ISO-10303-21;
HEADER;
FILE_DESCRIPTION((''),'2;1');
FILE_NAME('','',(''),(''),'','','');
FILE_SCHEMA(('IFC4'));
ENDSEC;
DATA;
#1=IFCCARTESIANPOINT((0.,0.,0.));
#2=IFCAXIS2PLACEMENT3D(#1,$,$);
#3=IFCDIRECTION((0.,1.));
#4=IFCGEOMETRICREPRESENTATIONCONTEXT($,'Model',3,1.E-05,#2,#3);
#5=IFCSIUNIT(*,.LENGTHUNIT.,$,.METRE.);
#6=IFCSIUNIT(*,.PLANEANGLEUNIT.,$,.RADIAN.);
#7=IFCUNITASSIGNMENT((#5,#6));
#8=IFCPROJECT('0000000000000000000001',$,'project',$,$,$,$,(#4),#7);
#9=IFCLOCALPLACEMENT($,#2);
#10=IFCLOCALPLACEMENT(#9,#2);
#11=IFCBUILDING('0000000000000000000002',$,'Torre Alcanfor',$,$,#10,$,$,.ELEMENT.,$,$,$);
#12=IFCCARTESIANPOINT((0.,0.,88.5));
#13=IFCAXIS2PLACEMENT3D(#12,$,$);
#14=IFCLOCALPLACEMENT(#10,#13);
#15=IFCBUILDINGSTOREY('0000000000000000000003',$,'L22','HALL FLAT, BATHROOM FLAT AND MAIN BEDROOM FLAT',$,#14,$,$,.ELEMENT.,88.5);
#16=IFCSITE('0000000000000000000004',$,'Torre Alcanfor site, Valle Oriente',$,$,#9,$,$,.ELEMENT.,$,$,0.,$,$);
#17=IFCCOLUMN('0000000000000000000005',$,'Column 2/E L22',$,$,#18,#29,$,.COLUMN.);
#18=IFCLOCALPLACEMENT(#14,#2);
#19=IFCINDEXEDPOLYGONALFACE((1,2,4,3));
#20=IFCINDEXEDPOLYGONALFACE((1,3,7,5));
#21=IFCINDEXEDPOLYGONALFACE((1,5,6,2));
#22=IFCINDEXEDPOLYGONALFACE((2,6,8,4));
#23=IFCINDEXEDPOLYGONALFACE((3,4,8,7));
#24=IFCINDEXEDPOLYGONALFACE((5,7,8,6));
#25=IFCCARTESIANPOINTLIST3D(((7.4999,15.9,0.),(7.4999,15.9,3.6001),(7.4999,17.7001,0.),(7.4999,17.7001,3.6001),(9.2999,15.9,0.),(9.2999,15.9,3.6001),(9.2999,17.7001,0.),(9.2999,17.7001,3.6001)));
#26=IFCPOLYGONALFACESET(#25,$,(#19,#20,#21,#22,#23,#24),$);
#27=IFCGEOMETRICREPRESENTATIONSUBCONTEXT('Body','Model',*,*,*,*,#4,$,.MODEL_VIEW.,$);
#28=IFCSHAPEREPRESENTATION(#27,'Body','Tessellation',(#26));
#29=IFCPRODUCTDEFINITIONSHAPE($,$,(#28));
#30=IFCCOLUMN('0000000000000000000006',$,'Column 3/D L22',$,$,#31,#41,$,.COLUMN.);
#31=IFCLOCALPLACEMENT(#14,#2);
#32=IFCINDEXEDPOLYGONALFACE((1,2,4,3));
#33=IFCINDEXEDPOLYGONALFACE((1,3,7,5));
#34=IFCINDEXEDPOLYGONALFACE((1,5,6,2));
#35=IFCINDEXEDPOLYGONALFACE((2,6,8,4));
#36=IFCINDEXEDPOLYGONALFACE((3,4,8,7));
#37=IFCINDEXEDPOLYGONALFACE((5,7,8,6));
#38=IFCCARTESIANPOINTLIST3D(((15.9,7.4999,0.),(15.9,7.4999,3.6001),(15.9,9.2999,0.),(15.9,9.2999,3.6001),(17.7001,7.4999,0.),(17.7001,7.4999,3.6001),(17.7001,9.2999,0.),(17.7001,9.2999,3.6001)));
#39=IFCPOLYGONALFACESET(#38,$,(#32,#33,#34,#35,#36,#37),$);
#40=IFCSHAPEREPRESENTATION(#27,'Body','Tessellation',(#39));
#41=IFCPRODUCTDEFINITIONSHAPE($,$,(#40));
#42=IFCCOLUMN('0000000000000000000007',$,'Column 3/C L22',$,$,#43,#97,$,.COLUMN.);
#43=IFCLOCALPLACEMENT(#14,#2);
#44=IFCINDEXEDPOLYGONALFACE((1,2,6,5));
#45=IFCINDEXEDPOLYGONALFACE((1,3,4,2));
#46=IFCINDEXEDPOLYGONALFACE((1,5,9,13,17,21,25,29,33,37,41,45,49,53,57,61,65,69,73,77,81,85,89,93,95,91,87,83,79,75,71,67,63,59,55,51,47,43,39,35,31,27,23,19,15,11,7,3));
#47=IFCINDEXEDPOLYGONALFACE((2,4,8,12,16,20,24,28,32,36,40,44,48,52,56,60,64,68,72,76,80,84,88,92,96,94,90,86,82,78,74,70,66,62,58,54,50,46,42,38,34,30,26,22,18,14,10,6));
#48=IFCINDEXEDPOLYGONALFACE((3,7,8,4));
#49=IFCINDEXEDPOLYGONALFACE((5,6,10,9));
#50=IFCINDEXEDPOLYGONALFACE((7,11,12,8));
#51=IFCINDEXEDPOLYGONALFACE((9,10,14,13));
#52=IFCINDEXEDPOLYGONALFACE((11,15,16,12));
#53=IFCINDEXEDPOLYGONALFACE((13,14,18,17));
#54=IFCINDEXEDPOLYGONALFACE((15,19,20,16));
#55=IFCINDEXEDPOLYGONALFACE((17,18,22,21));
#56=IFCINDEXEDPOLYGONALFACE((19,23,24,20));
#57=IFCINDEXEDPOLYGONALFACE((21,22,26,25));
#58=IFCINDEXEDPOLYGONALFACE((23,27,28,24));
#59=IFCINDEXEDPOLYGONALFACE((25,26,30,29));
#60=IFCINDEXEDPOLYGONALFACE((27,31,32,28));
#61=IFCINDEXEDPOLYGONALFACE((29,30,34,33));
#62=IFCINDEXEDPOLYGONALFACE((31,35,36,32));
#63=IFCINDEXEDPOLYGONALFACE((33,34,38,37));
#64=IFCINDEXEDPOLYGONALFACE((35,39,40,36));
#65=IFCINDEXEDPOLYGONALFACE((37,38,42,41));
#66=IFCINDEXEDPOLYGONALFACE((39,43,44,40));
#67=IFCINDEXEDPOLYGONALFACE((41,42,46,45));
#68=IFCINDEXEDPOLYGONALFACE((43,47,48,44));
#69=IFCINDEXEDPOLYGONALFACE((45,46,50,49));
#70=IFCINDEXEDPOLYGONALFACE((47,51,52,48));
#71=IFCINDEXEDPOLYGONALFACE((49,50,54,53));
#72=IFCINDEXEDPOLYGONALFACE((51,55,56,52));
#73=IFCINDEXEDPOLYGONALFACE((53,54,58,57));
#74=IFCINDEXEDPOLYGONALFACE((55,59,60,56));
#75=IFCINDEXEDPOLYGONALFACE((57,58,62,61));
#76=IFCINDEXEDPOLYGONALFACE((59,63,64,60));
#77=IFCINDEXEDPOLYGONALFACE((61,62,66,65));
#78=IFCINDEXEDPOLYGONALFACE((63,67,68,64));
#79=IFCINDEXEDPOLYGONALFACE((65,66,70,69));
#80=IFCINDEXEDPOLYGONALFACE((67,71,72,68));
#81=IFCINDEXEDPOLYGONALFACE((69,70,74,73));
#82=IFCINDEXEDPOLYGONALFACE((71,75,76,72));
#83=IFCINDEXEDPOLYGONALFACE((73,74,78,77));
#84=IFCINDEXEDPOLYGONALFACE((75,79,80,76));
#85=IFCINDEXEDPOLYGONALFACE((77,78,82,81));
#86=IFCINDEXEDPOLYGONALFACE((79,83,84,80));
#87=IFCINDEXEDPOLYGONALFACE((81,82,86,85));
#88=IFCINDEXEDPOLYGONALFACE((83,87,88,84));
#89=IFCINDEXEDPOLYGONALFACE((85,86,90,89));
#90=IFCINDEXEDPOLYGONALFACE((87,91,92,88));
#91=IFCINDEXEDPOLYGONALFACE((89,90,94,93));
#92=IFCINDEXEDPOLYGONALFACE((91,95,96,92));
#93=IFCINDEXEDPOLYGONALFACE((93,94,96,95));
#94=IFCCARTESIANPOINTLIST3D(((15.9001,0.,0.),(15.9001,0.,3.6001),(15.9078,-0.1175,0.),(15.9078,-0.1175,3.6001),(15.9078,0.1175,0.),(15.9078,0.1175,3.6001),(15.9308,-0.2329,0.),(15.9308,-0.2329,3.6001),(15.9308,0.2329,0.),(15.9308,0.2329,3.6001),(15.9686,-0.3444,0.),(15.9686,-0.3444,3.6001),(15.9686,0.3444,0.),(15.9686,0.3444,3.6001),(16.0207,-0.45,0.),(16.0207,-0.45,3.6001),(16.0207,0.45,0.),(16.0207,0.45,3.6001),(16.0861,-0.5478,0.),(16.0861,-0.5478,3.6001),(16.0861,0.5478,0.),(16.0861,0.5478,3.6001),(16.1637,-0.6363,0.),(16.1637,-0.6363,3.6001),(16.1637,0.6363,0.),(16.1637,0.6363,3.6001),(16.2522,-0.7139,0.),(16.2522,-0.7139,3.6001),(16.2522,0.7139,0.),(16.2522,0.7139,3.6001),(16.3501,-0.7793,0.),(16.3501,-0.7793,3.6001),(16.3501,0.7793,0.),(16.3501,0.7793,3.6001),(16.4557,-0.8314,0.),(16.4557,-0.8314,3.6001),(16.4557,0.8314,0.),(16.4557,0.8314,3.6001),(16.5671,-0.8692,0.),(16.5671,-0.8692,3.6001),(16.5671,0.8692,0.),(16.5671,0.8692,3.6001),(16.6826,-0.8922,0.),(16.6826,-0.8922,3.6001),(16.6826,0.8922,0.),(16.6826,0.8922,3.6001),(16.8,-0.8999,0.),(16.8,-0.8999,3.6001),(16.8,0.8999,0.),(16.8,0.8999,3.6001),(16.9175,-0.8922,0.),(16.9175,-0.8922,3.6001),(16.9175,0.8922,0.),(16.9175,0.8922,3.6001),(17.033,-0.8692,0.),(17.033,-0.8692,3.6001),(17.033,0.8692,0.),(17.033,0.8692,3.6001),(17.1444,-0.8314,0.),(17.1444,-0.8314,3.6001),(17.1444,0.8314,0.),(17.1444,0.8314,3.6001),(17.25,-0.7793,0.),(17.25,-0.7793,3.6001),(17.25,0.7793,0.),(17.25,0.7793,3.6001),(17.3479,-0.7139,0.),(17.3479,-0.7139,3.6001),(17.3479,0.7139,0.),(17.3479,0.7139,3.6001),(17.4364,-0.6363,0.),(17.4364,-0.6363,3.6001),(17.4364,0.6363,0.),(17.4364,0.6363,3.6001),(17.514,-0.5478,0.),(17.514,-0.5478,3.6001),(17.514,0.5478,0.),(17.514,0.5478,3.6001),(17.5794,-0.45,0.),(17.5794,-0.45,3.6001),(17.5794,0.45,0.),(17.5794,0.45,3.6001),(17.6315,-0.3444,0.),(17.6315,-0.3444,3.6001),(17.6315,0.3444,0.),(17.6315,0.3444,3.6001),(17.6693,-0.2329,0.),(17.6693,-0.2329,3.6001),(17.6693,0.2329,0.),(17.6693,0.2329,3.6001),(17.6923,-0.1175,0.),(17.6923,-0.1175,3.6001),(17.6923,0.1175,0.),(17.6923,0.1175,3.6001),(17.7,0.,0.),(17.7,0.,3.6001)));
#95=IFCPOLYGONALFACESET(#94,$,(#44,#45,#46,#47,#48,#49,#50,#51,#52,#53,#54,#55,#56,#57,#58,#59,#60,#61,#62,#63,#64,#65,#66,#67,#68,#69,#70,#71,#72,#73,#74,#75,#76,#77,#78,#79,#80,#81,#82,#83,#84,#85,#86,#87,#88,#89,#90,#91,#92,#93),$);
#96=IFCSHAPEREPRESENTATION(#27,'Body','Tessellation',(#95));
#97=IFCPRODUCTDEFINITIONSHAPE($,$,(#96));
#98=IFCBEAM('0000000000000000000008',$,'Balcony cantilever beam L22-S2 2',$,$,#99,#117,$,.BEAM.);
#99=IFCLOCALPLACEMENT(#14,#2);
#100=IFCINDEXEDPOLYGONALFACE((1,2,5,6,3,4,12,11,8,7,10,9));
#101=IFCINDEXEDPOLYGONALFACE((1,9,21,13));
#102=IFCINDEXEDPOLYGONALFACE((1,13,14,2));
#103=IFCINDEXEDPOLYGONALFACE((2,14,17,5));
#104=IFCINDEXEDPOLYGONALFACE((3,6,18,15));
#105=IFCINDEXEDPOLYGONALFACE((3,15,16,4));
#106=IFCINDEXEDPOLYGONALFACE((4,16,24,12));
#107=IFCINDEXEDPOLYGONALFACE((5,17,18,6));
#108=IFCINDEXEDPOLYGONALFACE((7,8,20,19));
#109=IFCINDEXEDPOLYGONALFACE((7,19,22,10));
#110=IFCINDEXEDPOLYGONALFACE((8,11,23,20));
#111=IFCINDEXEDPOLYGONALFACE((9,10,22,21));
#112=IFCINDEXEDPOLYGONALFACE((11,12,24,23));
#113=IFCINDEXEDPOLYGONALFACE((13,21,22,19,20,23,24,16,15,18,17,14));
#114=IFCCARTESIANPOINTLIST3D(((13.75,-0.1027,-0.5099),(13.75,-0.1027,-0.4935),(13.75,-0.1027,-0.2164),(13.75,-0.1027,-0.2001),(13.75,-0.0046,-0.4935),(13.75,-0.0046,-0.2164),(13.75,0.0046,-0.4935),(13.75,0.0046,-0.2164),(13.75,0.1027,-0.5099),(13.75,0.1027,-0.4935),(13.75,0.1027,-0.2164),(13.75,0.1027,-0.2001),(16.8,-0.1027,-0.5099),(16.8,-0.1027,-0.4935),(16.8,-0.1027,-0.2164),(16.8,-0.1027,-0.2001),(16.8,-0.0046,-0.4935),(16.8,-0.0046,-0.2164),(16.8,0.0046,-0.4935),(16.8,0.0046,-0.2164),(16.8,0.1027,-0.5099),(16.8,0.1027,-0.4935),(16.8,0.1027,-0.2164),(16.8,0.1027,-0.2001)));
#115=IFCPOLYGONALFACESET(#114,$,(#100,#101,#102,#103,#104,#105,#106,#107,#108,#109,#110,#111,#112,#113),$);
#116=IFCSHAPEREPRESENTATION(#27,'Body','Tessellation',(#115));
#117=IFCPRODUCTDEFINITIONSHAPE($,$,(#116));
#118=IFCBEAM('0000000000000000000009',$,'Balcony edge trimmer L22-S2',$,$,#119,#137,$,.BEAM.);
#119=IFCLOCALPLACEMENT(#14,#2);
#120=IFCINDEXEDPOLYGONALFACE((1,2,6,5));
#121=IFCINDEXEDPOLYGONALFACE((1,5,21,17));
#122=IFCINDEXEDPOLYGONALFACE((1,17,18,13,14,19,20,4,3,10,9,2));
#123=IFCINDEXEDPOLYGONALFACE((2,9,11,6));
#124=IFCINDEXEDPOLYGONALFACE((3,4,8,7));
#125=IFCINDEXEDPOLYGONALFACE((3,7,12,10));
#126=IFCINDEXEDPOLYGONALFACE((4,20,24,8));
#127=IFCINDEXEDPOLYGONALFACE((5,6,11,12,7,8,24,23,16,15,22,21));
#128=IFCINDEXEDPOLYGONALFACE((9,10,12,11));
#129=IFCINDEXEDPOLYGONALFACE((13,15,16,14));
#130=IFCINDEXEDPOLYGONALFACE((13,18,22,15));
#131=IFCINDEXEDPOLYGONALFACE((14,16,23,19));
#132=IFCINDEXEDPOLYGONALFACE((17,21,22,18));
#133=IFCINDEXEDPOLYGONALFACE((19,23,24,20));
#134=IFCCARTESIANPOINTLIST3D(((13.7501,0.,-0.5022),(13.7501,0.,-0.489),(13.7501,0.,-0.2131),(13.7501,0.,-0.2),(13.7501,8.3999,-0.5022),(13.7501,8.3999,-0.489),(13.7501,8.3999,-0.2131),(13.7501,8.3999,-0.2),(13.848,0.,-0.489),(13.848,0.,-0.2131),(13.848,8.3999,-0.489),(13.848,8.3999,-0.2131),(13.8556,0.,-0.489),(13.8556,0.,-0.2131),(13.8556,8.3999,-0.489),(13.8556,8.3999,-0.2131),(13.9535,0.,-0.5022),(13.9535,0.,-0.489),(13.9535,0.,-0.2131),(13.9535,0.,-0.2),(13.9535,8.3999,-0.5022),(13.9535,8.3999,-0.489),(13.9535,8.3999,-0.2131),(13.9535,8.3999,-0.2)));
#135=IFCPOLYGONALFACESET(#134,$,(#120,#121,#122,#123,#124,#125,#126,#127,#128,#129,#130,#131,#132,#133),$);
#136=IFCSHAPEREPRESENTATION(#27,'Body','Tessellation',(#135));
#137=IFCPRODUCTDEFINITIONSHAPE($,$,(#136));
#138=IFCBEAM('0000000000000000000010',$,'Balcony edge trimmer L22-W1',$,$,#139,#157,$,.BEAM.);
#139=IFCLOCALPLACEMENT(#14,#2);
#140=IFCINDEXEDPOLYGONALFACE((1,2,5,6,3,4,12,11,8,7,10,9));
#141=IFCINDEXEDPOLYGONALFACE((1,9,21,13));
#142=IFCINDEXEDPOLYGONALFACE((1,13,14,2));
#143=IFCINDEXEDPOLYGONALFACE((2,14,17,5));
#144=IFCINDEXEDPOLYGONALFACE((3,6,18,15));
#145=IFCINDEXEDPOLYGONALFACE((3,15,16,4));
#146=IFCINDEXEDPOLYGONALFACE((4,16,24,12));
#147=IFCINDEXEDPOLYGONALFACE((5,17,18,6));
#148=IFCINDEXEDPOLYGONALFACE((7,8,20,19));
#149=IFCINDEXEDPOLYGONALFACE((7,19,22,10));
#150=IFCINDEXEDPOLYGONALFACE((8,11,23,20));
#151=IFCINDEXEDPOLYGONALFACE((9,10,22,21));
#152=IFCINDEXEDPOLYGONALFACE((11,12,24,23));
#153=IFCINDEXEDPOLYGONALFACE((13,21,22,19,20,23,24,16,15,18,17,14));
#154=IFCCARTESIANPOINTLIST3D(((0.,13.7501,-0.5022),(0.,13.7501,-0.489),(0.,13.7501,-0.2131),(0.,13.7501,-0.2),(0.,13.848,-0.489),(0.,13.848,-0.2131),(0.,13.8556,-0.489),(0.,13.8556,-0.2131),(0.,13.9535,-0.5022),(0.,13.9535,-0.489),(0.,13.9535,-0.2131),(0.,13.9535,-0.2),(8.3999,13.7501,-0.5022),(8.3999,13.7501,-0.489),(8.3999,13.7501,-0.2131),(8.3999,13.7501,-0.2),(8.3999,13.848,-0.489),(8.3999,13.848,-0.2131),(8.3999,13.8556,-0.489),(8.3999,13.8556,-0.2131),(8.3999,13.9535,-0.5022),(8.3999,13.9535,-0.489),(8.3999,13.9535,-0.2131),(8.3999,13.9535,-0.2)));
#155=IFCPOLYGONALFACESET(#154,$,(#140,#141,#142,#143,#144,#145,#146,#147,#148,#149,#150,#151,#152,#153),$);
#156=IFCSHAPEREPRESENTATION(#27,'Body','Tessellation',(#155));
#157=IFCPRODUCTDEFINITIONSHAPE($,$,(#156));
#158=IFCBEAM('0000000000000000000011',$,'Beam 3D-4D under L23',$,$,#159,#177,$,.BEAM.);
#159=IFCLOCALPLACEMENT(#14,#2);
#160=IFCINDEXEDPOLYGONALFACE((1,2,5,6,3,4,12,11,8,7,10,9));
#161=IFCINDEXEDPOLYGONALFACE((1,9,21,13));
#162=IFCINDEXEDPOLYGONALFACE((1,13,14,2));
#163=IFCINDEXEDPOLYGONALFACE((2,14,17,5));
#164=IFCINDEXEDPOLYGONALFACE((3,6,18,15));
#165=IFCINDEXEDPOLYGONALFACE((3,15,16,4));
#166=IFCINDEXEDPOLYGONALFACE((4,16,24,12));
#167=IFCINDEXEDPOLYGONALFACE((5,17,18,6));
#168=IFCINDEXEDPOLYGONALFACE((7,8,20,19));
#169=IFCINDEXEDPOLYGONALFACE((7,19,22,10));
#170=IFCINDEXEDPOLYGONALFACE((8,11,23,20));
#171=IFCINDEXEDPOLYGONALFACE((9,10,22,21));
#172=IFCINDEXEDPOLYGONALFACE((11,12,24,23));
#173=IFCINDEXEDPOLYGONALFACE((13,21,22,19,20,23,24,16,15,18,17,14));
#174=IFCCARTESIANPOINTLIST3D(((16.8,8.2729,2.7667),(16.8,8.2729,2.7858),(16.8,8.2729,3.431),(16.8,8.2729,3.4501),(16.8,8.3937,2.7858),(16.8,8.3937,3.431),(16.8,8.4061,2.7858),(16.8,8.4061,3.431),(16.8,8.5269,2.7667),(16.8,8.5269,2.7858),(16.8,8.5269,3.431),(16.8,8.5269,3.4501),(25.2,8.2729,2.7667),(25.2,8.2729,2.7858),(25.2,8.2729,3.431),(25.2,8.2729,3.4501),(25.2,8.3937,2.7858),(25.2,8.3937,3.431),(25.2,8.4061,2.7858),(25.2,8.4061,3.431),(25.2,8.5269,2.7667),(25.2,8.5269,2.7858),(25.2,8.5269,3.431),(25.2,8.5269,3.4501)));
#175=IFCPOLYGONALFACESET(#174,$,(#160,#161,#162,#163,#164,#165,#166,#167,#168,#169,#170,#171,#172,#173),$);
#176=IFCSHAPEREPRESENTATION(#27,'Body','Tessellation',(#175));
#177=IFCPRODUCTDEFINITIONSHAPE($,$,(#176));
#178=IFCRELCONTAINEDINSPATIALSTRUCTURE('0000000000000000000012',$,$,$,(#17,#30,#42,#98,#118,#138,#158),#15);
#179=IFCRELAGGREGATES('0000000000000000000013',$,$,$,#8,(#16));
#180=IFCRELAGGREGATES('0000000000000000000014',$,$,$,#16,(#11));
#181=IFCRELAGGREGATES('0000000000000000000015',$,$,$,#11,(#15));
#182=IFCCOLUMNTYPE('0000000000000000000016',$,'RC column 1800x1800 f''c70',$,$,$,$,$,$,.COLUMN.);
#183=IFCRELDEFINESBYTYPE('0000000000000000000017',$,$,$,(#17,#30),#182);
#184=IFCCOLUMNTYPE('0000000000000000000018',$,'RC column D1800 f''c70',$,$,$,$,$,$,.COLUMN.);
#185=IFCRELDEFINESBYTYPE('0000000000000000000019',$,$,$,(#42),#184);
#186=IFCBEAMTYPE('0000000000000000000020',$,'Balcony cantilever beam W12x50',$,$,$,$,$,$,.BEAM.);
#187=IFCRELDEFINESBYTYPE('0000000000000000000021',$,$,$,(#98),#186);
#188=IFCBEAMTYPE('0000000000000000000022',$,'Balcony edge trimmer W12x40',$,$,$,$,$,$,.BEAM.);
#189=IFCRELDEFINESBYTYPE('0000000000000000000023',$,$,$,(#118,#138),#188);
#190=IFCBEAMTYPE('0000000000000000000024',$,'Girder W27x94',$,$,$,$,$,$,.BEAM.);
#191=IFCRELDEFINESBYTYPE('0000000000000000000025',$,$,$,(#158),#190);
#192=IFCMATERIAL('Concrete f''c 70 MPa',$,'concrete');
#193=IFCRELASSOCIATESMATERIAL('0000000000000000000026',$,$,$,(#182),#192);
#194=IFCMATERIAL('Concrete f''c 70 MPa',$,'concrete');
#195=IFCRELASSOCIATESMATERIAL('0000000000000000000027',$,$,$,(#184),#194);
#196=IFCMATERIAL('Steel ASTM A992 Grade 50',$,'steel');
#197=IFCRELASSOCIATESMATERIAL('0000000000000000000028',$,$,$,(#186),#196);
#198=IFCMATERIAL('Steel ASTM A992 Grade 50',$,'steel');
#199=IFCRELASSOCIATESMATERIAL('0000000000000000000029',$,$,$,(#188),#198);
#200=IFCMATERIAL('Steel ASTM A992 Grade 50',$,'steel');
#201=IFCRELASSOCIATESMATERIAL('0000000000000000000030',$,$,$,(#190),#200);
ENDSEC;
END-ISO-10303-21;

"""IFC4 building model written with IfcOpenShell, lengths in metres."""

from ifc_helpers import new_model, si_unit, direction, frame, origin, origin_2d, place, context, subcontext, project, spatial, rectangle, circle, i_section, extrude, material, material_profile, profile_set, type_object, element, save


model = new_model("IFC4")

# Units and contexts
model_context = context("Model", 3, precision=1e-05, world=origin(), true_north=direction((0.0, 1.0)))
body_context = subcontext(model_context, "Body", "Model", "MODEL_VIEW")
ifc_project = project(units=[si_unit("LENGTHUNIT", "METRE"), si_unit("PLANEANGLEUNIT", "RADIAN")], contexts=[model_context])

# Site, building, storey
site_placement = place(None, origin())
site = spatial("IfcSite", under=ifc_project, at=site_placement, Name="Torre Alcanfor site, Valle Oriente", CompositionType="ELEMENT", RefElevation=0.0)
building_placement = place(site_placement, origin())
building = spatial("IfcBuilding", under=site, at=building_placement, Name="Torre Alcanfor", CompositionType="ELEMENT")
storey_placement = place(building_placement, frame((0.0, 0.0, 88.5)))
storey = spatial("IfcBuildingStorey", under=building, at=storey_placement, Name="L22", Description="HALL FLAT, BATHROOM FLAT AND MAIN BEDROOM FLAT", CompositionType="ELEMENT", Elevation=88.5)

# Columns
ifc_material_1 = material(Name="Concrete f'c 70 MPa", Category="concrete")
ifc_material_profile_1 = material_profile(ifc_material_1, rectangle(XDim=1.8, YDim=1.8, at=origin_2d()), Name="1800x1800")
ifc_profile_set_1 = profile_set([ifc_material_profile_1], Name="Concrete f'c 70 MPa")
column_type_1 = type_object("IfcColumnType", Name="RC column 1800x1800 f'c70", PredefinedType="COLUMN", material=ifc_profile_set_1)
for number, where, z_axis, x_axis, name in (
    (1, (8.3999, 16.8, 0.0), (0.0, 0.0, 1.0), (1.0, 0.0, 0.0), "Column 2/E L22"),
    (2, (16.8, 8.3999, 0.0), (0.0, 0.0, 1.0), (1.0, 0.0, 0.0), "Column 3/D L22"),
):
    element("IfcColumn", number, at=place(storey_placement, frame(where, z_axis=z_axis, x_axis=x_axis)), inside=storey, type_object=column_type_1, Name=name, PredefinedType="COLUMN", context=body_context, shape_type="SweptSolid", body=[
        extrude(rectangle(XDim=1.8, YDim=1.8, at=origin_2d()), origin(), (0.0, 0.0, 1.0), 3.6001),
    ])
ifc_material_2 = material(Name="Concrete f'c 70 MPa", Category="concrete")
ifc_material_profile_2 = material_profile(ifc_material_2, circle(Radius=0.8999, at=origin_2d()), Name="D1800")
ifc_profile_set_2 = profile_set([ifc_material_profile_2], Name="Concrete f'c 70 MPa")
column_type_2 = type_object("IfcColumnType", Name="RC column D1800 f'c70", PredefinedType="COLUMN", material=ifc_profile_set_2)
column_placement = place(storey_placement, frame((16.8, 0.0, 0.0), z_axis=(0.0, 0.0, 1.0), x_axis=(1.0, 0.0, 0.0)))
element("IfcColumn", 3, at=column_placement, inside=storey, type_object=column_type_2, Name="Column 3/C L22", PredefinedType="COLUMN", context=body_context, shape_type="SweptSolid", body=[
    extrude(circle(Radius=0.8999, at=origin_2d()), origin(), (0.0, 0.0, 1.0), 3.6001),
])

# Beams
ifc_material_3 = material(Name="Steel ASTM A992 Grade 50", Category="steel")
ifc_material_profile_3 = material_profile(ifc_material_3, i_section(OverallWidth=0.2053, OverallDepth=0.3098, WebThickness=0.0093, FlangeThickness=0.0164, at=origin_2d()), Name="W12x50")
ifc_profile_set_3 = profile_set([ifc_material_profile_3], Name="Steel ASTM A992 Grade 50")
beam_type_1 = type_object("IfcBeamType", Name="Balcony cantilever beam W12x50", PredefinedType="BEAM", material=ifc_profile_set_3)
beam_placement = place(storey_placement, frame((16.8, 0.0, -0.355), z_axis=(-1.0, 0.0, 0.0), x_axis=(0.0, -1.0, 0.0)))
element("IfcBeam", 4, at=beam_placement, inside=storey, type_object=beam_type_1, Name="Balcony cantilever beam L22-S2 2", PredefinedType="BEAM", context=body_context, shape_type="SweptSolid", body=[
    extrude(i_section(OverallWidth=0.2053, OverallDepth=0.3098, WebThickness=0.0093, FlangeThickness=0.0164, at=origin_2d()), origin(), (0.0, 0.0, 1.0), 3.05),
])
ifc_material_4 = material(Name="Steel ASTM A992 Grade 50", Category="steel")
ifc_material_profile_4 = material_profile(ifc_material_4, i_section(OverallWidth=0.2034, OverallDepth=0.3022, WebThickness=0.0076, FlangeThickness=0.0132, at=origin_2d()), Name="W12x40")
ifc_profile_set_4 = profile_set([ifc_material_profile_4], Name="Steel ASTM A992 Grade 50")
beam_type_2 = type_object("IfcBeamType", Name="Balcony edge trimmer W12x40", PredefinedType="BEAM", material=ifc_profile_set_4)
for number, where, z_axis, x_axis, name in (
    (5, (13.8518, 8.3999, -0.3511), (0.0, -1.0, 0.0), (1.0, 0.0, 0.0), "Balcony edge trimmer L22-S2"),
    (6, (8.3999, 13.8518, -0.3511), (-1.0, 0.0, 0.0), (0.0, -1.0, 0.0), "Balcony edge trimmer L22-W1"),
):
    element("IfcBeam", number, at=place(storey_placement, frame(where, z_axis=z_axis, x_axis=x_axis)), inside=storey, type_object=beam_type_2, Name=name, PredefinedType="BEAM", context=body_context, shape_type="SweptSolid", body=[
        extrude(i_section(OverallWidth=0.2034, OverallDepth=0.3022, WebThickness=0.0076, FlangeThickness=0.0132, at=origin_2d()), origin(), (0.0, 0.0, 1.0), 8.3999),
    ])
ifc_material_5 = material(Name="Steel ASTM A992 Grade 50", Category="steel")
ifc_material_profile_5 = material_profile(ifc_material_5, i_section(OverallWidth=0.2539, OverallDepth=0.6833, WebThickness=0.0125, FlangeThickness=0.019, at=origin_2d()), Name="W27x94")
ifc_profile_set_5 = profile_set([ifc_material_profile_5], Name="Steel ASTM A992 Grade 50")
beam_type_3 = type_object("IfcBeamType", Name="Girder W27x94", PredefinedType="BEAM", material=ifc_profile_set_5)
for number, where, z_axis, x_axis, name in (
    (7, (16.8, 8.3999, 3.1084), (1.0, 0.0, 0.0), (0.0, 1.0, 0.0), "Beam 3D-4D under L23"),
):
    element("IfcBeam", number, at=place(storey_placement, frame(where, z_axis=z_axis, x_axis=x_axis)), inside=storey, type_object=beam_type_3, Name=name, PredefinedType="BEAM", context=body_context, shape_type="SweptSolid", body=[
        extrude(i_section(OverallWidth=0.2539, OverallDepth=0.6833, WebThickness=0.0125, FlangeThickness=0.019, at=origin_2d()), origin(), (0.0, 0.0, 1.0), 8.3999),
    ])

save(model, "model.ifc")
